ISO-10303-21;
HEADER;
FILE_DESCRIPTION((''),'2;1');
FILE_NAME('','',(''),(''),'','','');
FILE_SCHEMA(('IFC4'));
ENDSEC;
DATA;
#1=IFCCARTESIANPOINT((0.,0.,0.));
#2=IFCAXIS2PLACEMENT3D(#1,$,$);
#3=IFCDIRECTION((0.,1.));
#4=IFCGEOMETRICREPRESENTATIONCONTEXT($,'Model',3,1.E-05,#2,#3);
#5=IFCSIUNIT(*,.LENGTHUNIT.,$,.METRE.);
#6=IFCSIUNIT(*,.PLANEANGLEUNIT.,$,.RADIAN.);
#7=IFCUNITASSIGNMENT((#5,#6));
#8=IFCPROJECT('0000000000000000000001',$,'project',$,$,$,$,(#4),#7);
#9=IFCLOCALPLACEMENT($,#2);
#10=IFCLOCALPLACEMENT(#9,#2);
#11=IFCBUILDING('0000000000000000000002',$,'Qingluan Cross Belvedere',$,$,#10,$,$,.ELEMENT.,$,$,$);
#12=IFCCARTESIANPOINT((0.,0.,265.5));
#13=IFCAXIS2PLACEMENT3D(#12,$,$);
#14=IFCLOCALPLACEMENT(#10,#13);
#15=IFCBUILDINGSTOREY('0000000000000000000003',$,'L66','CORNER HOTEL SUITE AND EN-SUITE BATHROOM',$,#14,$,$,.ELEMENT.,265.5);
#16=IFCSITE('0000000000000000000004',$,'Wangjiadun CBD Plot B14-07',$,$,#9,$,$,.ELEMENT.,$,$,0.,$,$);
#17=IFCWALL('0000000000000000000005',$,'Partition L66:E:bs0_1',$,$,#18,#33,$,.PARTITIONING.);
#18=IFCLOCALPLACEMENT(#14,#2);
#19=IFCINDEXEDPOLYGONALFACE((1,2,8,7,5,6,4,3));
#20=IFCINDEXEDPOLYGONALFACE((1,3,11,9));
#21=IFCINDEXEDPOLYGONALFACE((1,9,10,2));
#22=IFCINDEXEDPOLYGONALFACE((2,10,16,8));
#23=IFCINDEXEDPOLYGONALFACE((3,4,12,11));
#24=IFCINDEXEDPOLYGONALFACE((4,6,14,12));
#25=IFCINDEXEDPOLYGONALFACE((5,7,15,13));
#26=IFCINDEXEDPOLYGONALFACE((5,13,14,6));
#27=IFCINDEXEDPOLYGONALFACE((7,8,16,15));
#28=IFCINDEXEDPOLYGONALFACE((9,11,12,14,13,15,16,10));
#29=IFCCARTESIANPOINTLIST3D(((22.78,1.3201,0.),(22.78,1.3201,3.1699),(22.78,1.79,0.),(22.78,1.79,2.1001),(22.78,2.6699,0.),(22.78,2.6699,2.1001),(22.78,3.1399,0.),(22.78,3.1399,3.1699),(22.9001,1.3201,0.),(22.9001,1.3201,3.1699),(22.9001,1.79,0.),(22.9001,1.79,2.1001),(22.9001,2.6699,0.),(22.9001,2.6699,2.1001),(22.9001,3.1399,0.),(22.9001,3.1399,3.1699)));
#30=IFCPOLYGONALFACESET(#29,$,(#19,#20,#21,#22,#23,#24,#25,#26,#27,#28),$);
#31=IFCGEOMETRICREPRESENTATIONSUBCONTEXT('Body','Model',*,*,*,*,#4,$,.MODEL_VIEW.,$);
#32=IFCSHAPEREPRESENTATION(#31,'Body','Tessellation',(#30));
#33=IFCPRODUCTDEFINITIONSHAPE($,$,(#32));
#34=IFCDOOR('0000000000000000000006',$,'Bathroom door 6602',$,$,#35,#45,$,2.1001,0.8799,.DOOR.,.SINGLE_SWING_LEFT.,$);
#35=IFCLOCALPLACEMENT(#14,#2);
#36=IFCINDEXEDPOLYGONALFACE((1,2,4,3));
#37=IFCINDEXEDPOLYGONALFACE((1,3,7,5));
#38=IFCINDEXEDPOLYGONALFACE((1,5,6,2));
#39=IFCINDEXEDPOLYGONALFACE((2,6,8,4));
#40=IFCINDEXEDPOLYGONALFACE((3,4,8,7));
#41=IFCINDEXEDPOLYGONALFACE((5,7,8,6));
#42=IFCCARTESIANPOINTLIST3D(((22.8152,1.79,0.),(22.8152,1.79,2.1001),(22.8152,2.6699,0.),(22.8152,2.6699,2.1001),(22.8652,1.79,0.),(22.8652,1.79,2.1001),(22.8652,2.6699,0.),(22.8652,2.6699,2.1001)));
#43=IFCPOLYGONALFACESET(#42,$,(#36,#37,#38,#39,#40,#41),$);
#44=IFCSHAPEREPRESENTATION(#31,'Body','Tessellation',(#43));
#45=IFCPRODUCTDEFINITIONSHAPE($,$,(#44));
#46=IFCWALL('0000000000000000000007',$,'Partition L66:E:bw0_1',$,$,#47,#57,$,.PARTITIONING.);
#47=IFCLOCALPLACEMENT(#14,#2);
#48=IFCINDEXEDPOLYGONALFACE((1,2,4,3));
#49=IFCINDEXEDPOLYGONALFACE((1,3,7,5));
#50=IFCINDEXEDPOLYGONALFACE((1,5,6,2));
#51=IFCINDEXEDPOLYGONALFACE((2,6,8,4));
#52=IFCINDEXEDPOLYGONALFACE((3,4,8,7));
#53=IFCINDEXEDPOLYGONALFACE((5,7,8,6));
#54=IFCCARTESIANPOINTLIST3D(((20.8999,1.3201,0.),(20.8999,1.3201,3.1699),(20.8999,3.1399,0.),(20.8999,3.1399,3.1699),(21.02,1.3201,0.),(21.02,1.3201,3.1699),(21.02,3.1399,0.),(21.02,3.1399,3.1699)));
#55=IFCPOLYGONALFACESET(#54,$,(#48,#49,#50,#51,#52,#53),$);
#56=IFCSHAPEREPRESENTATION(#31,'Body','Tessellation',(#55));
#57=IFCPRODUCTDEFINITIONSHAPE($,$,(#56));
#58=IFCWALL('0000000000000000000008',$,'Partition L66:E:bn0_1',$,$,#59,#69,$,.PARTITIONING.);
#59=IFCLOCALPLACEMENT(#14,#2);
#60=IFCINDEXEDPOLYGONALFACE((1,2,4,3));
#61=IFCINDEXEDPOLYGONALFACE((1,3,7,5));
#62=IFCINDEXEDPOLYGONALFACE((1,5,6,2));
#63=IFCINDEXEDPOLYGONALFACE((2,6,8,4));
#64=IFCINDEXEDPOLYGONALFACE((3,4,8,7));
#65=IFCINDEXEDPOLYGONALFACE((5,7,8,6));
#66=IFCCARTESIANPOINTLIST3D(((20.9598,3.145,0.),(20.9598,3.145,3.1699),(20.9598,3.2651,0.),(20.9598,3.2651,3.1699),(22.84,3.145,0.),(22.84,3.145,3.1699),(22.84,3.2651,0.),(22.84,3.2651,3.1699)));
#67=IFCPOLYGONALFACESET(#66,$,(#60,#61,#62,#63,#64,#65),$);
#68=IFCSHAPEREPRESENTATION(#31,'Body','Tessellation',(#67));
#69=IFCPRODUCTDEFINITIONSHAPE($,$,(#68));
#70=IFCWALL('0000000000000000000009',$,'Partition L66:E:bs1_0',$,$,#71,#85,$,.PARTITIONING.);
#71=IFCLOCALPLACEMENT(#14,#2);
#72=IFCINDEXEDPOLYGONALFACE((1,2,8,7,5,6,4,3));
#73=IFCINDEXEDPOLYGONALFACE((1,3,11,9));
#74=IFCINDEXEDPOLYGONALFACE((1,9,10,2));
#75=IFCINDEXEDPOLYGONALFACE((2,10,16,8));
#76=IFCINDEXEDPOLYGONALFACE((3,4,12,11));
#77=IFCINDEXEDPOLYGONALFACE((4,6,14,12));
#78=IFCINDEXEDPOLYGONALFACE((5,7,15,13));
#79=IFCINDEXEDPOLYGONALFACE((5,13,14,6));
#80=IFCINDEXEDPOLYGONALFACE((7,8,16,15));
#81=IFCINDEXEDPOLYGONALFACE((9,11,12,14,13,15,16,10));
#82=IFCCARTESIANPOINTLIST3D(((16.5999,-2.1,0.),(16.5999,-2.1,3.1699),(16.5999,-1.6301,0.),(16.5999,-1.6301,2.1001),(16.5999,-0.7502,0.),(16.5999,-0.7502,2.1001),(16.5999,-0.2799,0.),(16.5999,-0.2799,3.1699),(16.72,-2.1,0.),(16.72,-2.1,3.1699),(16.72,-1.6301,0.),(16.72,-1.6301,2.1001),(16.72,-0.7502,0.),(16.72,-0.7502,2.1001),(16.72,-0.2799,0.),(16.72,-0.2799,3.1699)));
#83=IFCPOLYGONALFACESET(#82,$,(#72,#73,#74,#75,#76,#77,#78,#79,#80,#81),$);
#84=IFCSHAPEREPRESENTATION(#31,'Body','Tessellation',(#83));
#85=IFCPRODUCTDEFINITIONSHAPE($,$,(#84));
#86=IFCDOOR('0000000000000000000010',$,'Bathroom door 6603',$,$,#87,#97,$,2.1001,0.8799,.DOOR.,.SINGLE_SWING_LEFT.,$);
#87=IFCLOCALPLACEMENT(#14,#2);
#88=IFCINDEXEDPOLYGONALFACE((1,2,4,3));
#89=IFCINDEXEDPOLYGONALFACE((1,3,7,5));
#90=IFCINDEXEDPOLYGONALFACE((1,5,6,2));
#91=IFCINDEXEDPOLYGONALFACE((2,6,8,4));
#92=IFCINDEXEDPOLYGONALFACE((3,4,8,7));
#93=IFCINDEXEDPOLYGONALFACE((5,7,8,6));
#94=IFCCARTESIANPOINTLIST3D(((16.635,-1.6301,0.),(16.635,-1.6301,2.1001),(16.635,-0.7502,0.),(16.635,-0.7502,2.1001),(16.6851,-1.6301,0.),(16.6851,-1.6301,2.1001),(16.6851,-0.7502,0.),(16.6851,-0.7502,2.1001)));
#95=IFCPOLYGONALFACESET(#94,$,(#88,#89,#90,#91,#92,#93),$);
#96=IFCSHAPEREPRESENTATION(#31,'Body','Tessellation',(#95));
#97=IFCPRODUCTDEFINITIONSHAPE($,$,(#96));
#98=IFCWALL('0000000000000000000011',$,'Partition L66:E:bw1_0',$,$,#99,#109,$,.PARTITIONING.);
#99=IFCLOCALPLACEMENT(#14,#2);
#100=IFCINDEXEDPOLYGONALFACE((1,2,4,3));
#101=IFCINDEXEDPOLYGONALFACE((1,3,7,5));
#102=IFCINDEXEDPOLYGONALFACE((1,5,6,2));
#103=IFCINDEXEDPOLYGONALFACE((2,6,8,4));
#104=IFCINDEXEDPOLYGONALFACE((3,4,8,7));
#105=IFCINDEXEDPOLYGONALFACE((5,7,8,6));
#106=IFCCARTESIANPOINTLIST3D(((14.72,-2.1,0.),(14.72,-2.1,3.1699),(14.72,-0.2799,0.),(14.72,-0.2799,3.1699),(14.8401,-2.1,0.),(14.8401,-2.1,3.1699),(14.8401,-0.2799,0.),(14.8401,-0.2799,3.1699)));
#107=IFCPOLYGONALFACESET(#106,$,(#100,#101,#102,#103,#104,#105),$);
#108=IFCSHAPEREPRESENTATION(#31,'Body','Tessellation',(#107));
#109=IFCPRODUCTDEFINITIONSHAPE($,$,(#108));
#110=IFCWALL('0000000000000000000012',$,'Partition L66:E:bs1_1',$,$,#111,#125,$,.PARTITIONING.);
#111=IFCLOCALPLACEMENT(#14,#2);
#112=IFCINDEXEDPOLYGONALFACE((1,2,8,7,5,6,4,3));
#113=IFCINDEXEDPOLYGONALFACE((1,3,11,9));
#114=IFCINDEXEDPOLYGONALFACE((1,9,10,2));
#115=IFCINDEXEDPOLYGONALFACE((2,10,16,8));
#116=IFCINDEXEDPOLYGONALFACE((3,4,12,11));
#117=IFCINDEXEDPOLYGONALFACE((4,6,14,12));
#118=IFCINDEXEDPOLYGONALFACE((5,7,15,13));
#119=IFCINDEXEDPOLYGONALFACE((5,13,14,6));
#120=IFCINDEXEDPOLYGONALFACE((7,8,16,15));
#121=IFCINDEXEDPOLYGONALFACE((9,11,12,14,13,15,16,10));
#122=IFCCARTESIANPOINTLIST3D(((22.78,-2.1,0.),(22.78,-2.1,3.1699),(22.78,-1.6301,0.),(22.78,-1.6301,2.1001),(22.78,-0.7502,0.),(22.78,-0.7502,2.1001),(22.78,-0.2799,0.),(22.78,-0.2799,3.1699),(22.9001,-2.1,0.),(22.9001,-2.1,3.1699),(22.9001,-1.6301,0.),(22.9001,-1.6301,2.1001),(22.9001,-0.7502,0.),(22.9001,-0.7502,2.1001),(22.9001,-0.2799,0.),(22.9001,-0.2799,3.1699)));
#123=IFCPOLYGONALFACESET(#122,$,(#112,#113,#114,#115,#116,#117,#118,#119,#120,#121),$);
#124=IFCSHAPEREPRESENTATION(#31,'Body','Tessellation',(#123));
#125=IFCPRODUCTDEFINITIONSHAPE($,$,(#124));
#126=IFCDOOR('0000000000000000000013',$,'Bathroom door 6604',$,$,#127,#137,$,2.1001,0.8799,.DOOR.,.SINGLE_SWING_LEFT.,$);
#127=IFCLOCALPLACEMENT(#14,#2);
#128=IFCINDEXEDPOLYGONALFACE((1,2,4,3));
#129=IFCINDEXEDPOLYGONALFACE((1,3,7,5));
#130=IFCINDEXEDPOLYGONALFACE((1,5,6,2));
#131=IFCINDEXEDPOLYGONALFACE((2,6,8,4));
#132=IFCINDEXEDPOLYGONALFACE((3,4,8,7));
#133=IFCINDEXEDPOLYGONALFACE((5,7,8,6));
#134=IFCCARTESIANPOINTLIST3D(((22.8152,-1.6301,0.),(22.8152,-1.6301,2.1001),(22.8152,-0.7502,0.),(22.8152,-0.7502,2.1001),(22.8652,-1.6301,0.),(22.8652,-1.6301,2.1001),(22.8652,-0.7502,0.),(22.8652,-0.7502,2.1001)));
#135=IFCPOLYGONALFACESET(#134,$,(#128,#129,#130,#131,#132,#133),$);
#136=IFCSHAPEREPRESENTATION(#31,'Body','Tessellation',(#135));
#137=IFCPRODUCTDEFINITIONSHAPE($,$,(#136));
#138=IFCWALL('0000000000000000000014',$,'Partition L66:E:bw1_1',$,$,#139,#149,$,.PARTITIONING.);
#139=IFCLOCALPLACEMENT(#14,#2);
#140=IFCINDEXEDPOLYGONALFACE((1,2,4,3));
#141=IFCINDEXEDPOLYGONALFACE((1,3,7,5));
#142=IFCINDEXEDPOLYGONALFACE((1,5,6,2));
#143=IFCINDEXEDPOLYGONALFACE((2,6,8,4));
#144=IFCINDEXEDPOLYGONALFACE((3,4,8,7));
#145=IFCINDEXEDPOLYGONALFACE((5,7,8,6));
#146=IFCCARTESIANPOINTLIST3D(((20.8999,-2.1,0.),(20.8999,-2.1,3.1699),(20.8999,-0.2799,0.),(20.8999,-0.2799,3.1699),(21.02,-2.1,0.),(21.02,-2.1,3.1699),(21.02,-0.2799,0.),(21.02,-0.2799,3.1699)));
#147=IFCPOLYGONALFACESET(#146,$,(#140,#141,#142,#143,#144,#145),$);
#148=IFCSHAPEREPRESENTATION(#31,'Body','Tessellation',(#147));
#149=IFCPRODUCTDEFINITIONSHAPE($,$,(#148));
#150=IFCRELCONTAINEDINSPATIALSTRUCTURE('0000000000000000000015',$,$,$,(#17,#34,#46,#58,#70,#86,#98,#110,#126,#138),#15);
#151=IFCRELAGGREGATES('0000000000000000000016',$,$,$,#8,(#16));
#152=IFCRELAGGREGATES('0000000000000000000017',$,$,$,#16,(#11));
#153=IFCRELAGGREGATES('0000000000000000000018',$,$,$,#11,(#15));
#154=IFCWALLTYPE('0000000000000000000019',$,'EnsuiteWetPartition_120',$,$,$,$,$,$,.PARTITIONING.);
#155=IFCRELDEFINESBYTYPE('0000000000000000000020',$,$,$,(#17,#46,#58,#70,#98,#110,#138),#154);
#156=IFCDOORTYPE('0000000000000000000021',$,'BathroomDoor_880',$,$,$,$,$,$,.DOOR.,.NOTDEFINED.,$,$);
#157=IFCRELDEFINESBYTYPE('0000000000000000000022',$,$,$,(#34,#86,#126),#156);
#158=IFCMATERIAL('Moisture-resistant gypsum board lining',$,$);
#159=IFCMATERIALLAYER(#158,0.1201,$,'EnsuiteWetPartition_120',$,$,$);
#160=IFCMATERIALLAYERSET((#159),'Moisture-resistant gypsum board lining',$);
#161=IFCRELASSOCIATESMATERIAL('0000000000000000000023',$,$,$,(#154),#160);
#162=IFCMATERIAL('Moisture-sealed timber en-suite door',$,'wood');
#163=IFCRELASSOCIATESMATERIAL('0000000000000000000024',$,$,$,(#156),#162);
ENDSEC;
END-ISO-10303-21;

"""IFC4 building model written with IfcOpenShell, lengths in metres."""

from ifc_helpers import new_model, si_unit, direction, frame, frame_2d, origin, place, context, subcontext, project, spatial, rectangle, extrude, material, layer, layer_set, type_object, element, fill, save


model = new_model("IFC4")

# Units and contexts
model_context = context("Model", 3, precision=1e-05, world=origin(), true_north=direction((0.0, 1.0)))
body_context = subcontext(model_context, "Body", "Model", "MODEL_VIEW")
ifc_project = project(units=[si_unit("LENGTHUNIT", "METRE"), si_unit("PLANEANGLEUNIT", "RADIAN")], contexts=[model_context])

# Site, building, storey
site_placement = place(None, origin())
site = spatial("IfcSite", under=ifc_project, at=site_placement, Name="Wangjiadun CBD Plot B14-07", CompositionType="ELEMENT", RefElevation=0.0)
building_placement = place(site_placement, origin())
building = spatial("IfcBuilding", under=site, at=building_placement, Name="Qingluan Cross Belvedere", CompositionType="ELEMENT")
storey_placement = place(building_placement, frame((0.0, 0.0, 265.5)))
storey = spatial("IfcBuildingStorey", under=building, at=storey_placement, Name="L66", Description="CORNER HOTEL SUITE AND EN-SUITE BATHROOM", CompositionType="ELEMENT", Elevation=265.5)

# Shared definitions
ifc_material_1 = material(Name="Moisture-resistant gypsum board lining")
ifc_layer_1 = layer(ifc_material_1, 0.1201, Name="EnsuiteWetPartition_120")
ifc_layer_set_1 = layer_set([ifc_layer_1], Name="Moisture-resistant gypsum board lining")
wall_type_1 = type_object("IfcWallType", Name="EnsuiteWetPartition_120", PredefinedType="PARTITIONING", material=ifc_layer_set_1)
ifc_material_2 = material(Name="Moisture-sealed timber en-suite door", Category="wood")
door_type_1 = type_object("IfcDoorType", Name="BathroomDoor_880", OperationType="NOTDEFINED", PredefinedType="DOOR", material=ifc_material_2)

# Wall, opening, door
wall_1_placement = place(storey_placement, frame((22.8401, 1.3201, 0.0), z_axis=(0.0, 0.0, 1.0), x_axis=(0.0, 1.0, 0.0)))
wall_1 = element("IfcWall", 1, at=wall_1_placement, inside=storey, type_object=wall_type_1, Name="Partition L66:E:bs0_1", PredefinedType="PARTITIONING", context=body_context, shape_type="SweptSolid", body=[
    extrude(rectangle(XDim=1.8198, YDim=0.1201, at=frame_2d((0.9099, 0.0))), origin(), (0.0, 0.0, 1.0), 3.1699),
])
opening_1_placement = place(wall_1_placement, frame((0.47, 0.0, 0.0)))
opening_1 = element("IfcOpeningElement", 2, at=opening_1_placement, cuts=wall_1, PredefinedType="OPENING", context=body_context, shape_type="SweptSolid", body=[
    extrude(rectangle(XDim=0.8799, YDim=2.1001, at=frame_2d((0.4399, 1.05))), frame((0.0, 0.0701, 0.0), z_axis=(0.0, -1.0, 0.0), x_axis=(1.0, 0.0, 0.0)), (0.0, 0.0, 1.0), 0.1401),
])
door_1_placement = place(opening_1_placement, origin())
door_1 = element("IfcDoor", 3, at=door_1_placement, inside=storey, type_object=door_type_1, Name="Bathroom door 6602", OperationType="SINGLE_SWING_LEFT", OverallHeight=2.1001, OverallWidth=0.8799, PredefinedType="DOOR", context=body_context, shape_type="SweptSolid", body=[
    extrude(rectangle(XDim=0.8799, YDim=2.1001, at=frame_2d((0.4399, 1.05))), frame((0.0, 0.0249, 0.0), z_axis=(0.0, -1.0, 0.0), x_axis=(1.0, 0.0, 0.0)), (0.0, 0.0, 1.0), 0.05),
])
fill(opening_1, door_1)

# Walls
wall_2_placement = place(storey_placement, frame((20.96, 1.3201, 0.0), z_axis=(0.0, 0.0, 1.0), x_axis=(0.0, 1.0, 0.0)))
element("IfcWall", 4, at=wall_2_placement, inside=storey, type_object=wall_type_1, Name="Partition L66:E:bw0_1", PredefinedType="PARTITIONING", context=body_context, shape_type="SweptSolid", body=[
    extrude(rectangle(XDim=1.8198, YDim=0.1201, at=frame_2d((0.9099, 0.0))), origin(), (0.0, 0.0, 1.0), 3.1699),
])
wall_3_placement = place(storey_placement, frame((20.96, 3.2051, 0.0), z_axis=(0.0, 0.0, 1.0), x_axis=(1.0, 0.0, 0.0)))
element("IfcWall", 5, at=wall_3_placement, inside=storey, type_object=wall_type_1, Name="Partition L66:E:bn0_1", PredefinedType="PARTITIONING", context=body_context, shape_type="SweptSolid", body=[
    extrude(rectangle(XDim=1.8801, YDim=0.1201, at=frame_2d((0.9399, 0.0))), origin(), (0.0, 0.0, 1.0), 3.1699),
])

# Wall, opening, door
wall_4_placement = place(storey_placement, frame((16.6599, -2.1001, 0.0), z_axis=(0.0, 0.0, 1.0), x_axis=(0.0, 1.0, 0.0)))
wall_4 = element("IfcWall", 6, at=wall_4_placement, inside=storey, type_object=wall_type_1, Name="Partition L66:E:bs1_0", PredefinedType="PARTITIONING", context=body_context, shape_type="SweptSolid", body=[
    extrude(rectangle(XDim=1.8201, YDim=0.1201, at=frame_2d((0.9102, 0.0))), origin(), (0.0, 0.0, 1.0), 3.1699),
])
opening_2_placement = place(wall_4_placement, frame((0.47, 0.0, 0.0)))
opening_2 = element("IfcOpeningElement", 7, at=opening_2_placement, cuts=wall_4, PredefinedType="OPENING", context=body_context, shape_type="SweptSolid", body=[
    extrude(rectangle(XDim=0.8799, YDim=2.1001, at=frame_2d((0.4399, 1.05))), frame((0.0, 0.0701, 0.0), z_axis=(0.0, -1.0, 0.0), x_axis=(1.0, 0.0, 0.0)), (0.0, 0.0, 1.0), 0.1401),
])
door_2_placement = place(opening_2_placement, origin())
door_2 = element("IfcDoor", 8, at=door_2_placement, inside=storey, type_object=door_type_1, Name="Bathroom door 6603", OperationType="SINGLE_SWING_LEFT", OverallHeight=2.1001, OverallWidth=0.8799, PredefinedType="DOOR", context=body_context, shape_type="SweptSolid", body=[
    extrude(rectangle(XDim=0.8799, YDim=2.1001, at=frame_2d((0.4399, 1.05))), frame((0.0, 0.0249, 0.0), z_axis=(0.0, -1.0, 0.0), x_axis=(1.0, 0.0, 0.0)), (0.0, 0.0, 1.0), 0.05),
])
fill(opening_2, door_2)

# Wall
wall_5_placement = place(storey_placement, frame((14.78, -2.1001, 0.0), z_axis=(0.0, 0.0, 1.0), x_axis=(0.0, 1.0, 0.0)))
element("IfcWall", 9, at=wall_5_placement, inside=storey, type_object=wall_type_1, Name="Partition L66:E:bw1_0", PredefinedType="PARTITIONING", context=body_context, shape_type="SweptSolid", body=[
    extrude(rectangle(XDim=1.8201, YDim=0.1201, at=frame_2d((0.9102, 0.0))), origin(), (0.0, 0.0, 1.0), 3.1699),
])

# Wall, opening, door
wall_6_placement = place(storey_placement, frame((22.8401, -2.1001, 0.0), z_axis=(0.0, 0.0, 1.0), x_axis=(0.0, 1.0, 0.0)))
wall_6 = element("IfcWall", 10, at=wall_6_placement, inside=storey, type_object=wall_type_1, Name="Partition L66:E:bs1_1", PredefinedType="PARTITIONING", context=body_context, shape_type="SweptSolid", body=[
    extrude(rectangle(XDim=1.8201, YDim=0.1201, at=frame_2d((0.9102, 0.0))), origin(), (0.0, 0.0, 1.0), 3.1699),
])
opening_3_placement = place(wall_6_placement, frame((0.47, 0.0, 0.0)))
opening_3 = element("IfcOpeningElement", 11, at=opening_3_placement, cuts=wall_6, PredefinedType="OPENING", context=body_context, shape_type="SweptSolid", body=[
    extrude(rectangle(XDim=0.8799, YDim=2.1001, at=frame_2d((0.4399, 1.05))), frame((0.0, 0.0701, 0.0), z_axis=(0.0, -1.0, 0.0), x_axis=(1.0, 0.0, 0.0)), (0.0, 0.0, 1.0), 0.1401),
])
door_3_placement = place(opening_3_placement, origin())
door_3 = element("IfcDoor", 12, at=door_3_placement, inside=storey, type_object=door_type_1, Name="Bathroom door 6604", OperationType="SINGLE_SWING_LEFT", OverallHeight=2.1001, OverallWidth=0.8799, PredefinedType="DOOR", context=body_context, shape_type="SweptSolid", body=[
    extrude(rectangle(XDim=0.8799, YDim=2.1001, at=frame_2d((0.4399, 1.05))), frame((0.0, 0.0249, 0.0), z_axis=(0.0, -1.0, 0.0), x_axis=(1.0, 0.0, 0.0)), (0.0, 0.0, 1.0), 0.05),
])
fill(opening_3, door_3)

# Wall
wall_7_placement = place(storey_placement, frame((20.96, -2.1001, 0.0), z_axis=(0.0, 0.0, 1.0), x_axis=(0.0, 1.0, 0.0)))
element("IfcWall", 13, at=wall_7_placement, inside=storey, type_object=wall_type_1, Name="Partition L66:E:bw1_1", PredefinedType="PARTITIONING", context=body_context, shape_type="SweptSolid", body=[
    extrude(rectangle(XDim=1.8201, YDim=0.1201, at=frame_2d((0.9102, 0.0))), origin(), (0.0, 0.0, 1.0), 3.1699),
])

save(model, "model.ifc")
